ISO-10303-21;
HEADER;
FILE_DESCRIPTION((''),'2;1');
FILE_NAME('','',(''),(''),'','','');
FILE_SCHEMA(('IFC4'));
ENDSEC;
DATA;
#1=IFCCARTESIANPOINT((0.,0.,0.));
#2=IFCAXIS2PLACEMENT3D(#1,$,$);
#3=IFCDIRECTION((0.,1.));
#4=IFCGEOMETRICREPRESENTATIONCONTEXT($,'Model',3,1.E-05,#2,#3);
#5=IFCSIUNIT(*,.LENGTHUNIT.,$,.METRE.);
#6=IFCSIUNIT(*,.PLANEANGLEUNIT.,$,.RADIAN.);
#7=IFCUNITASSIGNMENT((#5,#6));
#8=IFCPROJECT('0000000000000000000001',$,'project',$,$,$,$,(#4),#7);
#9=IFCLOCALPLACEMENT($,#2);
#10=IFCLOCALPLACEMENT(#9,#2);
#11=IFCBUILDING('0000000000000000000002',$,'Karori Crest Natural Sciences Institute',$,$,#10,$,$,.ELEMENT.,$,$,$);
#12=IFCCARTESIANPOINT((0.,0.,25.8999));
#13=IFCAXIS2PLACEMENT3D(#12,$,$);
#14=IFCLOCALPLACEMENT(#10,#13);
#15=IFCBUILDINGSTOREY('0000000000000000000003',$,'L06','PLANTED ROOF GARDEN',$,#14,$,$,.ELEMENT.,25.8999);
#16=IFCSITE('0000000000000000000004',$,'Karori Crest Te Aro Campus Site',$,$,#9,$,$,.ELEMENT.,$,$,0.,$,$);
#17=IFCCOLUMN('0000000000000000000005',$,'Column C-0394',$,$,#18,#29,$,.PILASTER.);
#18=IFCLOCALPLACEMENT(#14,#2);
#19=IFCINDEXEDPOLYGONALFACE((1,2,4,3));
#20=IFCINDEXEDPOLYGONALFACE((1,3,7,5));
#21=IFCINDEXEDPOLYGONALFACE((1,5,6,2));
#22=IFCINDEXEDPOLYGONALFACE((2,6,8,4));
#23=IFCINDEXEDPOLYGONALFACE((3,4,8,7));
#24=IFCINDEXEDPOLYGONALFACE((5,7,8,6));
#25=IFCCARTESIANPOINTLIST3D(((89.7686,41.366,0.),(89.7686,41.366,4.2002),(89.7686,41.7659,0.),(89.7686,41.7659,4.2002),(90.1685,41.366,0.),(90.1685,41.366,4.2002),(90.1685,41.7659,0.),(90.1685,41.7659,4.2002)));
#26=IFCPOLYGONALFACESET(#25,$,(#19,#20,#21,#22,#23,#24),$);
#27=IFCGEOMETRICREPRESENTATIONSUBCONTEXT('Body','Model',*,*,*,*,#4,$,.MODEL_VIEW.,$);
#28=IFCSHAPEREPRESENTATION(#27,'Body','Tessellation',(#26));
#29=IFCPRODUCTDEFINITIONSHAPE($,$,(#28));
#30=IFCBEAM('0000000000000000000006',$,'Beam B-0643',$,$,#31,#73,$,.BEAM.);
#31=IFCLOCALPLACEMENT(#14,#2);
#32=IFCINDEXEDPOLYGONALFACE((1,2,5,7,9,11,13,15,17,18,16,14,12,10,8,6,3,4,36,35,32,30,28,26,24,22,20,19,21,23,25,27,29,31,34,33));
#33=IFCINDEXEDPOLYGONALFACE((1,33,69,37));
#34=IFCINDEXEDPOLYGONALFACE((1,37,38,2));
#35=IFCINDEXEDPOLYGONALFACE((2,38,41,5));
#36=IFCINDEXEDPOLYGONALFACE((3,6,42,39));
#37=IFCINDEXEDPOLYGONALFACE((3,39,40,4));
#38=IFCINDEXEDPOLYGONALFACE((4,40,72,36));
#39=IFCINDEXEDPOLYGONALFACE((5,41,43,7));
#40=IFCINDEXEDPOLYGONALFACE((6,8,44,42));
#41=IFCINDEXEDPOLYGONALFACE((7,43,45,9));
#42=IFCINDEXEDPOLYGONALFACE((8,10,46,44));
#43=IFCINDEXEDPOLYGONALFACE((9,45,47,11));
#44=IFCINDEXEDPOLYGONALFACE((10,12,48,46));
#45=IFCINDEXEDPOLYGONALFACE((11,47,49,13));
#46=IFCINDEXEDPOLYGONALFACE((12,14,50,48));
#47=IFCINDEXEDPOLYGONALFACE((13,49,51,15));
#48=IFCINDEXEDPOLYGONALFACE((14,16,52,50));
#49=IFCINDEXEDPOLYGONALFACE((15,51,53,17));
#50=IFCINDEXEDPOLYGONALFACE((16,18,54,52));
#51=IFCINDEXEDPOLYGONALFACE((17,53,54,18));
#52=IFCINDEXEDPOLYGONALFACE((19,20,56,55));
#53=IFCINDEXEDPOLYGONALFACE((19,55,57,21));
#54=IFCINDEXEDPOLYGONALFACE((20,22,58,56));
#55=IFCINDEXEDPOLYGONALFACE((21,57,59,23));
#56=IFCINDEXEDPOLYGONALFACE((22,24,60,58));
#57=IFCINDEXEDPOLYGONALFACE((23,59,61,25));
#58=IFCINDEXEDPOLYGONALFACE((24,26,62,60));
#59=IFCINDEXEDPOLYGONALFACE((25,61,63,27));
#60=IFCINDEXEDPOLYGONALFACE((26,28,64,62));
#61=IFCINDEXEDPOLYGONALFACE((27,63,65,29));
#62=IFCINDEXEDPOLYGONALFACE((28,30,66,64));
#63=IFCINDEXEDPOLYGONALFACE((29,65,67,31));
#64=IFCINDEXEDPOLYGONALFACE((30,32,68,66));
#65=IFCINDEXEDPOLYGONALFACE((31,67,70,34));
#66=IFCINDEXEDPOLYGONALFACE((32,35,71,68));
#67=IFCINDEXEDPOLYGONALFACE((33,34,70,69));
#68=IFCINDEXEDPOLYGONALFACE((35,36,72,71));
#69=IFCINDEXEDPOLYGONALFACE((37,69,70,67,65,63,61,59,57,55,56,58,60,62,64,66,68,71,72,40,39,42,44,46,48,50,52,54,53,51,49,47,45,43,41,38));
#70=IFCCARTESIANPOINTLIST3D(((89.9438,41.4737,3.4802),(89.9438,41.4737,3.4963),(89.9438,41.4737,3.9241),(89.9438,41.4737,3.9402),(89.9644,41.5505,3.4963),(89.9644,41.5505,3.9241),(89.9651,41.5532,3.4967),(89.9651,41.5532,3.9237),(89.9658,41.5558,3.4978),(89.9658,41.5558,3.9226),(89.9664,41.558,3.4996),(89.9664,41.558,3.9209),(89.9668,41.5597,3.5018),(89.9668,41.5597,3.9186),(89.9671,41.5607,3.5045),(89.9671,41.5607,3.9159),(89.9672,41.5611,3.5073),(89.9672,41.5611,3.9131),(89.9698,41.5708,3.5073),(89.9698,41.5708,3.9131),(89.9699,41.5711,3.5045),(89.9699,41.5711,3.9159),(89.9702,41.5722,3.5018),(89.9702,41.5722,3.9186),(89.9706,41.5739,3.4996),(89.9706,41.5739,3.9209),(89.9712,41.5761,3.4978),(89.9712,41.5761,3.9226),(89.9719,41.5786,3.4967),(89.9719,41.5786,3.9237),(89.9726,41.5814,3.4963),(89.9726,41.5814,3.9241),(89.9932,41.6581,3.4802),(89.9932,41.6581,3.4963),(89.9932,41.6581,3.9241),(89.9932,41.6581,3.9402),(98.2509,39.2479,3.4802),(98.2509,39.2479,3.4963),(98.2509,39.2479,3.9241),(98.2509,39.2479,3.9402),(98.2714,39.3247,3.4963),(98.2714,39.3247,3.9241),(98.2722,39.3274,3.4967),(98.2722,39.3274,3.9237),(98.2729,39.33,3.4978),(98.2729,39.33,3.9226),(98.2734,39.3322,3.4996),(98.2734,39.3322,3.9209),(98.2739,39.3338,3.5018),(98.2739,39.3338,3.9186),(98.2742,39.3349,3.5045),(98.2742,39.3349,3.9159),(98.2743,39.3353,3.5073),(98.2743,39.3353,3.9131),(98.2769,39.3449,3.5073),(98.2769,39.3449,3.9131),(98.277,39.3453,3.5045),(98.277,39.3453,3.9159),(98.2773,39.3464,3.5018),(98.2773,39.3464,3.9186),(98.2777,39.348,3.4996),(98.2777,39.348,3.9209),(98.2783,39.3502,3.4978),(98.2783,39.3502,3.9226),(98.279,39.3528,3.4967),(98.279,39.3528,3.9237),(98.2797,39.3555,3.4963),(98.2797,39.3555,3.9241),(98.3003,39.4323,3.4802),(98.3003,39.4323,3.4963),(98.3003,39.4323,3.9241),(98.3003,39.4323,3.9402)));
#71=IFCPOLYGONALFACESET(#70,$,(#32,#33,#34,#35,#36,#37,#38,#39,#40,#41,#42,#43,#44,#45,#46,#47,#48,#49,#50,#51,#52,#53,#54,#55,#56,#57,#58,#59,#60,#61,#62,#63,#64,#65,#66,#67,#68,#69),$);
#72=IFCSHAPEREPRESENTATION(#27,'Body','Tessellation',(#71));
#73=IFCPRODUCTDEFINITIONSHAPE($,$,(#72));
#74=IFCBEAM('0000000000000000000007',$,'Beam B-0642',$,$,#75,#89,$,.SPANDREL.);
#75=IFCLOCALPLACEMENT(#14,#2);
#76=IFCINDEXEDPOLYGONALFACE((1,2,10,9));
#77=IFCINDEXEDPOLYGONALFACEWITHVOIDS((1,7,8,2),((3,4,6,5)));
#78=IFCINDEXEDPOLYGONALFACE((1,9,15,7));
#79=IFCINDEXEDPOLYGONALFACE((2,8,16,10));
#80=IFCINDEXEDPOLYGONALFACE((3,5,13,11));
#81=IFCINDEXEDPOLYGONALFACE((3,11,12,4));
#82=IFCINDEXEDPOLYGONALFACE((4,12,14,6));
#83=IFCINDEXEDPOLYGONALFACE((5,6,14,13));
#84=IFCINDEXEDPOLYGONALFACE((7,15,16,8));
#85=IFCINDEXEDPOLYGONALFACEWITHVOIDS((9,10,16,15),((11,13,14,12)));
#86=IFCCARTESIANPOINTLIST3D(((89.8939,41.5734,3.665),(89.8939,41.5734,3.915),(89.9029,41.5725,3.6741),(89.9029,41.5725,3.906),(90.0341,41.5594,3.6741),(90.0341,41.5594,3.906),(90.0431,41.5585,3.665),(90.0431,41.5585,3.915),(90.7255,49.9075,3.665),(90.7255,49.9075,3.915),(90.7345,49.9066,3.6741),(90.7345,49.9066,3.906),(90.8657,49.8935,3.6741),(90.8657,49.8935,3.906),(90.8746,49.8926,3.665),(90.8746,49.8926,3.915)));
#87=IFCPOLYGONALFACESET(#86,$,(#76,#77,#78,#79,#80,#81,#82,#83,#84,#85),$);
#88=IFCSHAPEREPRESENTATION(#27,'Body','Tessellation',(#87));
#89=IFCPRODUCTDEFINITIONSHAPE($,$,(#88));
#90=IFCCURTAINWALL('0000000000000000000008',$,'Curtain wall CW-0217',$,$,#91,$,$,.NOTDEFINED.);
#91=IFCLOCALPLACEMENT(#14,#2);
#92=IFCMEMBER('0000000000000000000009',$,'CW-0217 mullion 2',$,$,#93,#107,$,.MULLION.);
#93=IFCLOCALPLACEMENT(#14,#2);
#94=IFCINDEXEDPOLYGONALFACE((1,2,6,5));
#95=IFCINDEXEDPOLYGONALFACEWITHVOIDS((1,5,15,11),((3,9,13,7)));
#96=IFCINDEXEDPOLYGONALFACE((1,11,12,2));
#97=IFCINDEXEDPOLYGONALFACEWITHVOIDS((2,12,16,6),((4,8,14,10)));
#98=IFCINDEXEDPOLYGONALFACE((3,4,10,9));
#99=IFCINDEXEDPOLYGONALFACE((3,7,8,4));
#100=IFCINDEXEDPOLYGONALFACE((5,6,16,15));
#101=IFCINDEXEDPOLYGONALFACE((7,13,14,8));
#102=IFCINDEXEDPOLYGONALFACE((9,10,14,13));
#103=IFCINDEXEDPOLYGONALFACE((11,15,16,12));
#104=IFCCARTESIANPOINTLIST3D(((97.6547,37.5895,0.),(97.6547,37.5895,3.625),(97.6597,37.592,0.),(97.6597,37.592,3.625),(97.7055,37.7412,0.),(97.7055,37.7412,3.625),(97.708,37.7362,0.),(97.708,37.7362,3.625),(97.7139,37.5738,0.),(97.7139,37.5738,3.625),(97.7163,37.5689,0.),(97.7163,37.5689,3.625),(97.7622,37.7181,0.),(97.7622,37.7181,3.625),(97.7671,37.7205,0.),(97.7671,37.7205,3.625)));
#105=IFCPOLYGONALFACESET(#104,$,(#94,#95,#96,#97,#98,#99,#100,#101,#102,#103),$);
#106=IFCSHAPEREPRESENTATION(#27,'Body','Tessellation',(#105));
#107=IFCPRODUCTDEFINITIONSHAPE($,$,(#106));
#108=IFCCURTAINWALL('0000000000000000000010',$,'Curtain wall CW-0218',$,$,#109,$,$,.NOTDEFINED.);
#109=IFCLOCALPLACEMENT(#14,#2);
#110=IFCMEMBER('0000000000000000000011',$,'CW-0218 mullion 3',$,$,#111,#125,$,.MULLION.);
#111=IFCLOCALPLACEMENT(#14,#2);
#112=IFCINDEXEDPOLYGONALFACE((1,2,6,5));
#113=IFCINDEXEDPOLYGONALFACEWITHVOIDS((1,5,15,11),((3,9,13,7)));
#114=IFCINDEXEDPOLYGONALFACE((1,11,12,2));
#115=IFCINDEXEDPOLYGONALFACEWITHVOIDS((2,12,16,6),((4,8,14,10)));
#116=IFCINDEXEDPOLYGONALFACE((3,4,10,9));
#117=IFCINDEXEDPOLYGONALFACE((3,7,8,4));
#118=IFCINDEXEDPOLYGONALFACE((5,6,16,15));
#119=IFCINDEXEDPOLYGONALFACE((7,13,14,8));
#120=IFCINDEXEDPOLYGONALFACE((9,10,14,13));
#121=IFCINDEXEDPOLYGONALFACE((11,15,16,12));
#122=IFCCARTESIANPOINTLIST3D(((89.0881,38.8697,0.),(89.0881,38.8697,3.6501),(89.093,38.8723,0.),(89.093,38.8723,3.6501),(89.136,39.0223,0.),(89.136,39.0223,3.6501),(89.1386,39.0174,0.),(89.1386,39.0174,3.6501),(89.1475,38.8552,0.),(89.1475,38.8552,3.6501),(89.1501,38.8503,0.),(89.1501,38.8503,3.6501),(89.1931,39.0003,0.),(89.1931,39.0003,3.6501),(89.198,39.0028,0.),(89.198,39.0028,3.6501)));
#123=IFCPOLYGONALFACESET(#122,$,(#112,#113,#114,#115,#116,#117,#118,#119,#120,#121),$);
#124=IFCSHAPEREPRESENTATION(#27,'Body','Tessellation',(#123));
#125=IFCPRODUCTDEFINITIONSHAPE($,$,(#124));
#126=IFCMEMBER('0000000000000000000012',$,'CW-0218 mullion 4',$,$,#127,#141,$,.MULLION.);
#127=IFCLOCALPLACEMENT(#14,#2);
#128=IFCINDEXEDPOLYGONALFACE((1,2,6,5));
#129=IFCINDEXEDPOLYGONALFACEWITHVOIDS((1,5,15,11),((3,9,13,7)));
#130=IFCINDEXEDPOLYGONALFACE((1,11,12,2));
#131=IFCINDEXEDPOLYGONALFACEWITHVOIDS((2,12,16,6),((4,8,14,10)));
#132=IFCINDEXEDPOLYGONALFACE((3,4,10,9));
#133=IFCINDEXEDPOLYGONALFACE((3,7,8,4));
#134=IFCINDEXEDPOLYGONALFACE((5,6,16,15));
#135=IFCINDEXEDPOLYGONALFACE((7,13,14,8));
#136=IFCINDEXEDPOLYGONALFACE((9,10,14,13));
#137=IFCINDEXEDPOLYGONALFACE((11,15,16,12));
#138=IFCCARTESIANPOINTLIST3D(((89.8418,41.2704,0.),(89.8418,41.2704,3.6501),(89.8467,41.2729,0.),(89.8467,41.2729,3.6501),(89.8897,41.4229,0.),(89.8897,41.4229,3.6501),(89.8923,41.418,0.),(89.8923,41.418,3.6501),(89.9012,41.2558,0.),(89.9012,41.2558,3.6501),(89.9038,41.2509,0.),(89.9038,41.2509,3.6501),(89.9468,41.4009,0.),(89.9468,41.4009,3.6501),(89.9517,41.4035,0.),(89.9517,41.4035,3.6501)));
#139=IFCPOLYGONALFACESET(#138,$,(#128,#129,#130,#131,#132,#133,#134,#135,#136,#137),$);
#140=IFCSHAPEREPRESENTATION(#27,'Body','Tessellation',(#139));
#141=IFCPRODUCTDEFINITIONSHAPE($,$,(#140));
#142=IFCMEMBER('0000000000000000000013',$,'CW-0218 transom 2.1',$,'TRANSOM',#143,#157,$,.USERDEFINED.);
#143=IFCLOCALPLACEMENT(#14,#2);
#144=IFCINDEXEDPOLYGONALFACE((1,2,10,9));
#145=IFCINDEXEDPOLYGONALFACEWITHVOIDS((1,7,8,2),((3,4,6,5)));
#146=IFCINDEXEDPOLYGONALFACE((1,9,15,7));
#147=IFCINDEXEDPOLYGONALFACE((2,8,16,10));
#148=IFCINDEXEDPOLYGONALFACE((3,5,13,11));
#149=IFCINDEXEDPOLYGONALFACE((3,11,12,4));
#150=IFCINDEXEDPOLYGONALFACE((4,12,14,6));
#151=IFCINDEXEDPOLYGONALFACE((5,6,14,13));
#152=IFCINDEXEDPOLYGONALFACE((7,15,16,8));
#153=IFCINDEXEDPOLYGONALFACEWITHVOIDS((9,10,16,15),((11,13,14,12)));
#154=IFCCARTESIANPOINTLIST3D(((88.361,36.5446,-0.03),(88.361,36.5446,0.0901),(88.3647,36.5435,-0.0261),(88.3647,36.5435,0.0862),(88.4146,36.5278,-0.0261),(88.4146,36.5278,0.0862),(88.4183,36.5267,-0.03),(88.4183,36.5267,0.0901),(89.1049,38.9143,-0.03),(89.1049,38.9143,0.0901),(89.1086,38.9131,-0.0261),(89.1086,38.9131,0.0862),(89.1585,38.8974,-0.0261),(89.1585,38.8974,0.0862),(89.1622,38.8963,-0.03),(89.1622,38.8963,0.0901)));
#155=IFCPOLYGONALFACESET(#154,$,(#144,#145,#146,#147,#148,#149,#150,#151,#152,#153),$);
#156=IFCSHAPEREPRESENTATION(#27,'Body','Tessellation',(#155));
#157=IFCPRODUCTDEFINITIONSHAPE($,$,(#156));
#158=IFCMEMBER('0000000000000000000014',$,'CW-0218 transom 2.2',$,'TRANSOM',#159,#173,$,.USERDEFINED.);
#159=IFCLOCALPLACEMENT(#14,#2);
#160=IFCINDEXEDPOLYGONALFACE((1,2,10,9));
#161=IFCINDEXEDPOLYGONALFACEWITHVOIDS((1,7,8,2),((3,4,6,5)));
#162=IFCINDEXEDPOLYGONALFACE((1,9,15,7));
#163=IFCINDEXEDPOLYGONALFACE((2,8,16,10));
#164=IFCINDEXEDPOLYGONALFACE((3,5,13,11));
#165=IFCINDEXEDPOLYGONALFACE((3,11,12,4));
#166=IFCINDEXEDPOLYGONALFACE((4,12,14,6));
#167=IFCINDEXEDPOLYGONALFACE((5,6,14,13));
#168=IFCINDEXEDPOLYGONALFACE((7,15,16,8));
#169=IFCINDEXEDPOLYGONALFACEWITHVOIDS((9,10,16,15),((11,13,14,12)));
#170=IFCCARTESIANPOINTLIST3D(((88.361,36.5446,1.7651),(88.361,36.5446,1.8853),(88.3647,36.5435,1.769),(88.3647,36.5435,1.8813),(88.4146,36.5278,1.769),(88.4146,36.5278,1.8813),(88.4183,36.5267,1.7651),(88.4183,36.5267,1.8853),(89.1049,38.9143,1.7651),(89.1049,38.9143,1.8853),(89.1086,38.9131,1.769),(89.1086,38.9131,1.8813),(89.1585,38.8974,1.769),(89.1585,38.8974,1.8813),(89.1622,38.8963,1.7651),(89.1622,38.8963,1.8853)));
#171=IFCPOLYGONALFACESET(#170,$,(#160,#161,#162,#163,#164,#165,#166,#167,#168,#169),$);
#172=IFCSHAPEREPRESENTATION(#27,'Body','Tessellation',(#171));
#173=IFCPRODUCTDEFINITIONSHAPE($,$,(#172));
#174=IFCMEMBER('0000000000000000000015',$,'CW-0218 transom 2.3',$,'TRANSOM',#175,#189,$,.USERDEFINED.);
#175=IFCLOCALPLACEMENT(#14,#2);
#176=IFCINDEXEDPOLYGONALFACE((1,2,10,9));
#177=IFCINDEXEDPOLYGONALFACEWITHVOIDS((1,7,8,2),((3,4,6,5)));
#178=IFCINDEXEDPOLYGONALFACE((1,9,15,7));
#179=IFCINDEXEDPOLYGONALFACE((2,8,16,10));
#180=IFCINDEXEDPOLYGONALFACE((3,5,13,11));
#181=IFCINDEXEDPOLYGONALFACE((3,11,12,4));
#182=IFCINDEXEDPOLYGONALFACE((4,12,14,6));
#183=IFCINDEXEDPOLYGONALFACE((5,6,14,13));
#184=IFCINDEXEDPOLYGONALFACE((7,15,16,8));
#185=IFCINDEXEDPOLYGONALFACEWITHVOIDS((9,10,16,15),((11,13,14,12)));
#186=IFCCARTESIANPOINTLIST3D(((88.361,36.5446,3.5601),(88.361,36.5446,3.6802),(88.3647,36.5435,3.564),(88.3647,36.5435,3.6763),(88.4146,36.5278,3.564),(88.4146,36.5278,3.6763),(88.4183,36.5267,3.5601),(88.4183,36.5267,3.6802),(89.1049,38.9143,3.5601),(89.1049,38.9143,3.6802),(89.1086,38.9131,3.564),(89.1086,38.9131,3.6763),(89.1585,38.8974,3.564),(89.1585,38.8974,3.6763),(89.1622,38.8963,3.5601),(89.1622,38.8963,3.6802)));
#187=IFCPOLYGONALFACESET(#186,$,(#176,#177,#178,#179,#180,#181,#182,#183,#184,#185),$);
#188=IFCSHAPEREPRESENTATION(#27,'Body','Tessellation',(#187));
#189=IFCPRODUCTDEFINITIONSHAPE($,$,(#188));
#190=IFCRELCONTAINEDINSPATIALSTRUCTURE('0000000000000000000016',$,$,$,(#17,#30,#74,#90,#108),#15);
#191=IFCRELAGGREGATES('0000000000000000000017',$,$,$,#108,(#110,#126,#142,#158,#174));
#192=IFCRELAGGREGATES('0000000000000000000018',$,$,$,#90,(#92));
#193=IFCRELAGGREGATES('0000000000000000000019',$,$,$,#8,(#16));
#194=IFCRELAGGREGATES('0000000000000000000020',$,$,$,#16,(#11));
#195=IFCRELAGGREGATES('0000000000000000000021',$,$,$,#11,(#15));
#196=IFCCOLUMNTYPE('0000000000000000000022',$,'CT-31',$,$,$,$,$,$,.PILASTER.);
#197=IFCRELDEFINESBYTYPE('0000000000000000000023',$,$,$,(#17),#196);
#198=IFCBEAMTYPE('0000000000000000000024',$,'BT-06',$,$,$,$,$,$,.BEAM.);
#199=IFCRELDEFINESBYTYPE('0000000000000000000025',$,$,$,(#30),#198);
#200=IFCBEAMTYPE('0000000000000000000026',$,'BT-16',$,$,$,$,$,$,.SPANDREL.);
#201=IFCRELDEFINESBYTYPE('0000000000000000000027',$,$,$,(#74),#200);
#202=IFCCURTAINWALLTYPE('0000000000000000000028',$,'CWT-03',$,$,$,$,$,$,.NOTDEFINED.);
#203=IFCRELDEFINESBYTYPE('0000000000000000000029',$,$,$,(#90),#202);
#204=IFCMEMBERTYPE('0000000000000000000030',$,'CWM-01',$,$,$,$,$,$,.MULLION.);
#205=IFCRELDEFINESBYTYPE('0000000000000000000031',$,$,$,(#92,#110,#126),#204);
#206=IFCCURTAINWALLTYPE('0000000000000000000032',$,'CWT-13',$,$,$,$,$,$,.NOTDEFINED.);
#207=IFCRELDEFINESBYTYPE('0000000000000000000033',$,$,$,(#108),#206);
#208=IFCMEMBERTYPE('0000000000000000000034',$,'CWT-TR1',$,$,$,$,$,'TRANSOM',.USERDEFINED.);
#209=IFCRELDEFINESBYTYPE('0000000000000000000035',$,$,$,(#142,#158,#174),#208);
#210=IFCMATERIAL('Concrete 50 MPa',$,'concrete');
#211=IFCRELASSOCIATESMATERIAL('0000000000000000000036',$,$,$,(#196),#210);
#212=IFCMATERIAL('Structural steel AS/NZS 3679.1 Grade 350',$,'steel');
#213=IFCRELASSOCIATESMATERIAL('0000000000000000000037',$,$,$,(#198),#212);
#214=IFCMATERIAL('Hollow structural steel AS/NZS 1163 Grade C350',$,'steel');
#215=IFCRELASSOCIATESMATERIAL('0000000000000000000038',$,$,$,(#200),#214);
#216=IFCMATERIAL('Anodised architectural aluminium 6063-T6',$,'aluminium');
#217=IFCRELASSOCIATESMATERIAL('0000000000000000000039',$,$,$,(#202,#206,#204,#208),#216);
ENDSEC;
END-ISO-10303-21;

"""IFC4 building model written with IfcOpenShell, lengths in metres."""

from ifc_helpers import new_model, si_unit, direction, frame, origin, origin_2d, place, context, subcontext, project, spatial, rectangle, hollow_rectangle, i_section, extrude, material, material_profile, profile_set, type_object, element, aggregate, save


model = new_model("IFC4")

# Units and contexts
model_context = context("Model", 3, precision=1e-05, world=origin(), true_north=direction((0.0, 1.0)))
body_context = subcontext(model_context, "Body", "Model", "MODEL_VIEW")
ifc_project = project(units=[si_unit("LENGTHUNIT", "METRE"), si_unit("PLANEANGLEUNIT", "RADIAN")], contexts=[model_context])

# Site, building, storey
site_placement = place(None, origin())
site = spatial("IfcSite", under=ifc_project, at=site_placement, Name="Karori Crest Te Aro Campus Site", CompositionType="ELEMENT", RefElevation=0.0)
building_placement = place(site_placement, origin())
building = spatial("IfcBuilding", under=site, at=building_placement, Name="Karori Crest Natural Sciences Institute", CompositionType="ELEMENT")
storey_placement = place(building_placement, frame((0.0, 0.0, 25.8999)))
storey = spatial("IfcBuildingStorey", under=building, at=storey_placement, Name="L06", Description="PLANTED ROOF GARDEN", CompositionType="ELEMENT", Elevation=25.8999)

# Column
ifc_material_1 = material(Name="Concrete 50 MPa", Category="concrete")
ifc_material_profile_1 = material_profile(ifc_material_1, rectangle(XDim=0.3999, YDim=0.3999, at=origin_2d()), Name="RC400x400")
ifc_profile_set_1 = profile_set([ifc_material_profile_1], Name="Concrete 50 MPa")
column_type = type_object("IfcColumnType", Name="CT-31", PredefinedType="PILASTER", material=ifc_profile_set_1)
column_placement = place(storey_placement, frame((89.9685, 41.5659, 0.0), z_axis=(0.0, 0.0, 1.0), x_axis=(1.0, 0.0, 0.0)))
element("IfcColumn", 1, at=column_placement, inside=storey, type_object=column_type, Name="Column C-0394", PredefinedType="PILASTER", context=body_context, shape_type="SweptSolid", body=[
    extrude(rectangle(XDim=0.3999, YDim=0.3999, at=origin_2d()), origin(), (0.0, 0.0, 1.0), 4.2002),
])

# Beams
ifc_material_2 = material(Name="Structural steel AS/NZS 3679.1 Grade 350", Category="steel")
ifc_material_profile_2 = material_profile(ifc_material_2, i_section(OverallWidth=0.1909, OverallDepth=0.46, WebThickness=0.01, FlangeThickness=0.0161, FilletRadius=0.011, at=origin_2d()), Name="460UB82.1")
ifc_profile_set_2 = profile_set([ifc_material_profile_2], Name="Structural steel AS/NZS 3679.1 Grade 350")
beam_type_1 = type_object("IfcBeamType", Name="BT-06", PredefinedType="BEAM", material=ifc_profile_set_2)
beam_1_placement = place(storey_placement, frame((89.9685, 41.5659, 3.7102), z_axis=(0.965928, -0.258813, 0.0), x_axis=(0.258813, 0.965928, 0.0)))
element("IfcBeam", 2, at=beam_1_placement, inside=storey, type_object=beam_type_1, Name="Beam B-0643", PredefinedType="BEAM", context=body_context, shape_type="SweptSolid", body=[
    extrude(i_section(OverallWidth=0.1909, OverallDepth=0.46, WebThickness=0.01, FlangeThickness=0.0161, FilletRadius=0.011, at=origin_2d()), origin(), (0.0, 0.0, 1.0), 8.6001),
])
ifc_material_3 = material(Name="Hollow structural steel AS/NZS 1163 Grade C350", Category="steel")
ifc_material_profile_3 = material_profile(ifc_material_3, hollow_rectangle(XDim=0.1499, YDim=0.25, WallThickness=0.009, at=origin_2d()), Name="RHS250x150x9")
ifc_profile_set_3 = profile_set([ifc_material_profile_3], Name="Hollow structural steel AS/NZS 1163 Grade C350")
beam_type_2 = type_object("IfcBeamType", Name="BT-16", PredefinedType="SPANDREL", material=ifc_profile_set_3)
beam_2_placement = place(storey_placement, frame((89.9685, 41.5659, 3.79), z_axis=(0.099284, 0.995059, 0.0), x_axis=(-0.995059, 0.099284, 0.0)))
element("IfcBeam", 3, at=beam_2_placement, inside=storey, type_object=beam_type_2, Name="Beam B-0642", PredefinedType="SPANDREL", context=body_context, shape_type="SweptSolid", body=[
    extrude(hollow_rectangle(XDim=0.1499, YDim=0.25, WallThickness=0.009, at=origin_2d()), origin(), (0.0, 0.0, 1.0), 8.3755),
])

# Curtain wall, member
ifc_material_4 = material(Name="Anodised architectural aluminium 6063-T6", Category="aluminium")
curtain_wall_type_1 = type_object("IfcCurtainWallType", Name="CWT-03", PredefinedType="NOTDEFINED", material=ifc_material_4)
curtain_wall_1_placement = place(storey_placement, origin())
curtain_wall_1 = element("IfcCurtainWall", 4, at=curtain_wall_1_placement, inside=storey, type_object=curtain_wall_type_1, Name="Curtain wall CW-0217", PredefinedType="NOTDEFINED")
ifc_material_profile_4 = material_profile(ifc_material_4, hollow_rectangle(XDim=0.0649, YDim=0.1599, WallThickness=0.0039, at=origin_2d()), Name="CWM160x65x4")
ifc_profile_set_4 = profile_set([ifc_material_profile_4], Name="Anodised architectural aluminium 6063-T6")
member_type_1 = type_object("IfcMemberType", Name="CWM-01", PredefinedType="MULLION", material=ifc_profile_set_4)
member_1_placement = place(storey_placement, frame((97.7109, 37.655, 0.0), z_axis=(0.0, 0.0, 1.0), x_axis=(0.948198, -0.31768, 0.0)))
member_1 = element("IfcMember", 5, at=member_1_placement, type_object=member_type_1, Name="CW-0217 mullion 2", PredefinedType="MULLION", context=body_context, shape_type="SweptSolid", body=[
    extrude(hollow_rectangle(XDim=0.0649, YDim=0.1599, WallThickness=0.0039, at=origin_2d()), origin(), (0.0, 0.0, 1.0), 3.625),
])

# Curtain wall, members
curtain_wall_type_2 = type_object("IfcCurtainWallType", Name="CWT-13", PredefinedType="NOTDEFINED", material=ifc_material_4)
curtain_wall_2_placement = place(storey_placement, origin())
curtain_wall_2 = element("IfcCurtainWall", 6, at=curtain_wall_2_placement, inside=storey, type_object=curtain_wall_type_2, Name="Curtain wall CW-0218", PredefinedType="NOTDEFINED")
member_2_placement = place(storey_placement, frame((89.1431, 38.9363, 0.0), z_axis=(0.0, 0.0, 1.0), x_axis=(-0.954104, 0.299475, 0.0)))
member_2 = element("IfcMember", 7, at=member_2_placement, type_object=member_type_1, Name="CW-0218 mullion 3", PredefinedType="MULLION", context=body_context, shape_type="SweptSolid", body=[
    extrude(hollow_rectangle(XDim=0.0649, YDim=0.1599, WallThickness=0.0039, at=origin_2d()), origin(), (0.0, 0.0, 1.0), 3.6501),
])
member_3_placement = place(storey_placement, frame((89.8967, 41.3369, 0.0), z_axis=(0.0, 0.0, 1.0), x_axis=(-0.954104, 0.299475, 0.0)))
member_3 = element("IfcMember", 8, at=member_3_placement, type_object=member_type_1, Name="CW-0218 mullion 4", PredefinedType="MULLION", context=body_context, shape_type="SweptSolid", body=[
    extrude(hollow_rectangle(XDim=0.0649, YDim=0.1599, WallThickness=0.0039, at=origin_2d()), origin(), (0.0, 0.0, 1.0), 3.6501),
])
ifc_material_profile_5 = material_profile(ifc_material_4, hollow_rectangle(XDim=0.0601, YDim=0.1201, WallThickness=0.0039, at=origin_2d()), Name="CWT120x60x4")
ifc_profile_set_5 = profile_set([ifc_material_profile_5], Name="Anodised architectural aluminium 6063-T6")
member_type_2 = type_object("IfcMemberType", Name="CWT-TR1", ElementType="TRANSOM", PredefinedType="USERDEFINED", material=ifc_profile_set_5)
member_4_placement = place(storey_placement, frame((88.3896, 36.5356, 0.03), z_axis=(0.299517, 0.954091, 0.0), x_axis=(-0.954091, 0.299517, 0.0)))
member_4 = element("IfcMember", 9, at=member_4_placement, type_object=member_type_2, Name="CW-0218 transom 2.1", ObjectType="TRANSOM", PredefinedType="USERDEFINED", context=body_context, shape_type="SweptSolid", body=[
    extrude(hollow_rectangle(XDim=0.0601, YDim=0.1201, WallThickness=0.0039, at=origin_2d()), origin(), (0.0, 0.0, 1.0), 2.4836),
])
member_5_placement = place(storey_placement, frame((88.3896, 36.5356, 1.8252), z_axis=(0.299517, 0.954091, 0.0), x_axis=(-0.954091, 0.299517, 0.0)))
member_5 = element("IfcMember", 10, at=member_5_placement, type_object=member_type_2, Name="CW-0218 transom 2.2", ObjectType="TRANSOM", PredefinedType="USERDEFINED", context=body_context, shape_type="SweptSolid", body=[
    extrude(hollow_rectangle(XDim=0.0601, YDim=0.1201, WallThickness=0.0039, at=origin_2d()), origin(), (0.0, 0.0, 1.0), 2.4836),
])
member_6_placement = place(storey_placement, frame((88.3896, 36.5356, 3.6201), z_axis=(0.299517, 0.954091, 0.0), x_axis=(-0.954091, 0.299517, 0.0)))
member_6 = element("IfcMember", 11, at=member_6_placement, type_object=member_type_2, Name="CW-0218 transom 2.3", ObjectType="TRANSOM", PredefinedType="USERDEFINED", context=body_context, shape_type="SweptSolid", body=[
    extrude(hollow_rectangle(XDim=0.0601, YDim=0.1201, WallThickness=0.0039, at=origin_2d()), origin(), (0.0, 0.0, 1.0), 2.4836),
])

aggregate(curtain_wall_2, [member_2, member_3, member_4, member_5, member_6])
aggregate(curtain_wall_1, [member_1])

save(model, "model.ifc")
